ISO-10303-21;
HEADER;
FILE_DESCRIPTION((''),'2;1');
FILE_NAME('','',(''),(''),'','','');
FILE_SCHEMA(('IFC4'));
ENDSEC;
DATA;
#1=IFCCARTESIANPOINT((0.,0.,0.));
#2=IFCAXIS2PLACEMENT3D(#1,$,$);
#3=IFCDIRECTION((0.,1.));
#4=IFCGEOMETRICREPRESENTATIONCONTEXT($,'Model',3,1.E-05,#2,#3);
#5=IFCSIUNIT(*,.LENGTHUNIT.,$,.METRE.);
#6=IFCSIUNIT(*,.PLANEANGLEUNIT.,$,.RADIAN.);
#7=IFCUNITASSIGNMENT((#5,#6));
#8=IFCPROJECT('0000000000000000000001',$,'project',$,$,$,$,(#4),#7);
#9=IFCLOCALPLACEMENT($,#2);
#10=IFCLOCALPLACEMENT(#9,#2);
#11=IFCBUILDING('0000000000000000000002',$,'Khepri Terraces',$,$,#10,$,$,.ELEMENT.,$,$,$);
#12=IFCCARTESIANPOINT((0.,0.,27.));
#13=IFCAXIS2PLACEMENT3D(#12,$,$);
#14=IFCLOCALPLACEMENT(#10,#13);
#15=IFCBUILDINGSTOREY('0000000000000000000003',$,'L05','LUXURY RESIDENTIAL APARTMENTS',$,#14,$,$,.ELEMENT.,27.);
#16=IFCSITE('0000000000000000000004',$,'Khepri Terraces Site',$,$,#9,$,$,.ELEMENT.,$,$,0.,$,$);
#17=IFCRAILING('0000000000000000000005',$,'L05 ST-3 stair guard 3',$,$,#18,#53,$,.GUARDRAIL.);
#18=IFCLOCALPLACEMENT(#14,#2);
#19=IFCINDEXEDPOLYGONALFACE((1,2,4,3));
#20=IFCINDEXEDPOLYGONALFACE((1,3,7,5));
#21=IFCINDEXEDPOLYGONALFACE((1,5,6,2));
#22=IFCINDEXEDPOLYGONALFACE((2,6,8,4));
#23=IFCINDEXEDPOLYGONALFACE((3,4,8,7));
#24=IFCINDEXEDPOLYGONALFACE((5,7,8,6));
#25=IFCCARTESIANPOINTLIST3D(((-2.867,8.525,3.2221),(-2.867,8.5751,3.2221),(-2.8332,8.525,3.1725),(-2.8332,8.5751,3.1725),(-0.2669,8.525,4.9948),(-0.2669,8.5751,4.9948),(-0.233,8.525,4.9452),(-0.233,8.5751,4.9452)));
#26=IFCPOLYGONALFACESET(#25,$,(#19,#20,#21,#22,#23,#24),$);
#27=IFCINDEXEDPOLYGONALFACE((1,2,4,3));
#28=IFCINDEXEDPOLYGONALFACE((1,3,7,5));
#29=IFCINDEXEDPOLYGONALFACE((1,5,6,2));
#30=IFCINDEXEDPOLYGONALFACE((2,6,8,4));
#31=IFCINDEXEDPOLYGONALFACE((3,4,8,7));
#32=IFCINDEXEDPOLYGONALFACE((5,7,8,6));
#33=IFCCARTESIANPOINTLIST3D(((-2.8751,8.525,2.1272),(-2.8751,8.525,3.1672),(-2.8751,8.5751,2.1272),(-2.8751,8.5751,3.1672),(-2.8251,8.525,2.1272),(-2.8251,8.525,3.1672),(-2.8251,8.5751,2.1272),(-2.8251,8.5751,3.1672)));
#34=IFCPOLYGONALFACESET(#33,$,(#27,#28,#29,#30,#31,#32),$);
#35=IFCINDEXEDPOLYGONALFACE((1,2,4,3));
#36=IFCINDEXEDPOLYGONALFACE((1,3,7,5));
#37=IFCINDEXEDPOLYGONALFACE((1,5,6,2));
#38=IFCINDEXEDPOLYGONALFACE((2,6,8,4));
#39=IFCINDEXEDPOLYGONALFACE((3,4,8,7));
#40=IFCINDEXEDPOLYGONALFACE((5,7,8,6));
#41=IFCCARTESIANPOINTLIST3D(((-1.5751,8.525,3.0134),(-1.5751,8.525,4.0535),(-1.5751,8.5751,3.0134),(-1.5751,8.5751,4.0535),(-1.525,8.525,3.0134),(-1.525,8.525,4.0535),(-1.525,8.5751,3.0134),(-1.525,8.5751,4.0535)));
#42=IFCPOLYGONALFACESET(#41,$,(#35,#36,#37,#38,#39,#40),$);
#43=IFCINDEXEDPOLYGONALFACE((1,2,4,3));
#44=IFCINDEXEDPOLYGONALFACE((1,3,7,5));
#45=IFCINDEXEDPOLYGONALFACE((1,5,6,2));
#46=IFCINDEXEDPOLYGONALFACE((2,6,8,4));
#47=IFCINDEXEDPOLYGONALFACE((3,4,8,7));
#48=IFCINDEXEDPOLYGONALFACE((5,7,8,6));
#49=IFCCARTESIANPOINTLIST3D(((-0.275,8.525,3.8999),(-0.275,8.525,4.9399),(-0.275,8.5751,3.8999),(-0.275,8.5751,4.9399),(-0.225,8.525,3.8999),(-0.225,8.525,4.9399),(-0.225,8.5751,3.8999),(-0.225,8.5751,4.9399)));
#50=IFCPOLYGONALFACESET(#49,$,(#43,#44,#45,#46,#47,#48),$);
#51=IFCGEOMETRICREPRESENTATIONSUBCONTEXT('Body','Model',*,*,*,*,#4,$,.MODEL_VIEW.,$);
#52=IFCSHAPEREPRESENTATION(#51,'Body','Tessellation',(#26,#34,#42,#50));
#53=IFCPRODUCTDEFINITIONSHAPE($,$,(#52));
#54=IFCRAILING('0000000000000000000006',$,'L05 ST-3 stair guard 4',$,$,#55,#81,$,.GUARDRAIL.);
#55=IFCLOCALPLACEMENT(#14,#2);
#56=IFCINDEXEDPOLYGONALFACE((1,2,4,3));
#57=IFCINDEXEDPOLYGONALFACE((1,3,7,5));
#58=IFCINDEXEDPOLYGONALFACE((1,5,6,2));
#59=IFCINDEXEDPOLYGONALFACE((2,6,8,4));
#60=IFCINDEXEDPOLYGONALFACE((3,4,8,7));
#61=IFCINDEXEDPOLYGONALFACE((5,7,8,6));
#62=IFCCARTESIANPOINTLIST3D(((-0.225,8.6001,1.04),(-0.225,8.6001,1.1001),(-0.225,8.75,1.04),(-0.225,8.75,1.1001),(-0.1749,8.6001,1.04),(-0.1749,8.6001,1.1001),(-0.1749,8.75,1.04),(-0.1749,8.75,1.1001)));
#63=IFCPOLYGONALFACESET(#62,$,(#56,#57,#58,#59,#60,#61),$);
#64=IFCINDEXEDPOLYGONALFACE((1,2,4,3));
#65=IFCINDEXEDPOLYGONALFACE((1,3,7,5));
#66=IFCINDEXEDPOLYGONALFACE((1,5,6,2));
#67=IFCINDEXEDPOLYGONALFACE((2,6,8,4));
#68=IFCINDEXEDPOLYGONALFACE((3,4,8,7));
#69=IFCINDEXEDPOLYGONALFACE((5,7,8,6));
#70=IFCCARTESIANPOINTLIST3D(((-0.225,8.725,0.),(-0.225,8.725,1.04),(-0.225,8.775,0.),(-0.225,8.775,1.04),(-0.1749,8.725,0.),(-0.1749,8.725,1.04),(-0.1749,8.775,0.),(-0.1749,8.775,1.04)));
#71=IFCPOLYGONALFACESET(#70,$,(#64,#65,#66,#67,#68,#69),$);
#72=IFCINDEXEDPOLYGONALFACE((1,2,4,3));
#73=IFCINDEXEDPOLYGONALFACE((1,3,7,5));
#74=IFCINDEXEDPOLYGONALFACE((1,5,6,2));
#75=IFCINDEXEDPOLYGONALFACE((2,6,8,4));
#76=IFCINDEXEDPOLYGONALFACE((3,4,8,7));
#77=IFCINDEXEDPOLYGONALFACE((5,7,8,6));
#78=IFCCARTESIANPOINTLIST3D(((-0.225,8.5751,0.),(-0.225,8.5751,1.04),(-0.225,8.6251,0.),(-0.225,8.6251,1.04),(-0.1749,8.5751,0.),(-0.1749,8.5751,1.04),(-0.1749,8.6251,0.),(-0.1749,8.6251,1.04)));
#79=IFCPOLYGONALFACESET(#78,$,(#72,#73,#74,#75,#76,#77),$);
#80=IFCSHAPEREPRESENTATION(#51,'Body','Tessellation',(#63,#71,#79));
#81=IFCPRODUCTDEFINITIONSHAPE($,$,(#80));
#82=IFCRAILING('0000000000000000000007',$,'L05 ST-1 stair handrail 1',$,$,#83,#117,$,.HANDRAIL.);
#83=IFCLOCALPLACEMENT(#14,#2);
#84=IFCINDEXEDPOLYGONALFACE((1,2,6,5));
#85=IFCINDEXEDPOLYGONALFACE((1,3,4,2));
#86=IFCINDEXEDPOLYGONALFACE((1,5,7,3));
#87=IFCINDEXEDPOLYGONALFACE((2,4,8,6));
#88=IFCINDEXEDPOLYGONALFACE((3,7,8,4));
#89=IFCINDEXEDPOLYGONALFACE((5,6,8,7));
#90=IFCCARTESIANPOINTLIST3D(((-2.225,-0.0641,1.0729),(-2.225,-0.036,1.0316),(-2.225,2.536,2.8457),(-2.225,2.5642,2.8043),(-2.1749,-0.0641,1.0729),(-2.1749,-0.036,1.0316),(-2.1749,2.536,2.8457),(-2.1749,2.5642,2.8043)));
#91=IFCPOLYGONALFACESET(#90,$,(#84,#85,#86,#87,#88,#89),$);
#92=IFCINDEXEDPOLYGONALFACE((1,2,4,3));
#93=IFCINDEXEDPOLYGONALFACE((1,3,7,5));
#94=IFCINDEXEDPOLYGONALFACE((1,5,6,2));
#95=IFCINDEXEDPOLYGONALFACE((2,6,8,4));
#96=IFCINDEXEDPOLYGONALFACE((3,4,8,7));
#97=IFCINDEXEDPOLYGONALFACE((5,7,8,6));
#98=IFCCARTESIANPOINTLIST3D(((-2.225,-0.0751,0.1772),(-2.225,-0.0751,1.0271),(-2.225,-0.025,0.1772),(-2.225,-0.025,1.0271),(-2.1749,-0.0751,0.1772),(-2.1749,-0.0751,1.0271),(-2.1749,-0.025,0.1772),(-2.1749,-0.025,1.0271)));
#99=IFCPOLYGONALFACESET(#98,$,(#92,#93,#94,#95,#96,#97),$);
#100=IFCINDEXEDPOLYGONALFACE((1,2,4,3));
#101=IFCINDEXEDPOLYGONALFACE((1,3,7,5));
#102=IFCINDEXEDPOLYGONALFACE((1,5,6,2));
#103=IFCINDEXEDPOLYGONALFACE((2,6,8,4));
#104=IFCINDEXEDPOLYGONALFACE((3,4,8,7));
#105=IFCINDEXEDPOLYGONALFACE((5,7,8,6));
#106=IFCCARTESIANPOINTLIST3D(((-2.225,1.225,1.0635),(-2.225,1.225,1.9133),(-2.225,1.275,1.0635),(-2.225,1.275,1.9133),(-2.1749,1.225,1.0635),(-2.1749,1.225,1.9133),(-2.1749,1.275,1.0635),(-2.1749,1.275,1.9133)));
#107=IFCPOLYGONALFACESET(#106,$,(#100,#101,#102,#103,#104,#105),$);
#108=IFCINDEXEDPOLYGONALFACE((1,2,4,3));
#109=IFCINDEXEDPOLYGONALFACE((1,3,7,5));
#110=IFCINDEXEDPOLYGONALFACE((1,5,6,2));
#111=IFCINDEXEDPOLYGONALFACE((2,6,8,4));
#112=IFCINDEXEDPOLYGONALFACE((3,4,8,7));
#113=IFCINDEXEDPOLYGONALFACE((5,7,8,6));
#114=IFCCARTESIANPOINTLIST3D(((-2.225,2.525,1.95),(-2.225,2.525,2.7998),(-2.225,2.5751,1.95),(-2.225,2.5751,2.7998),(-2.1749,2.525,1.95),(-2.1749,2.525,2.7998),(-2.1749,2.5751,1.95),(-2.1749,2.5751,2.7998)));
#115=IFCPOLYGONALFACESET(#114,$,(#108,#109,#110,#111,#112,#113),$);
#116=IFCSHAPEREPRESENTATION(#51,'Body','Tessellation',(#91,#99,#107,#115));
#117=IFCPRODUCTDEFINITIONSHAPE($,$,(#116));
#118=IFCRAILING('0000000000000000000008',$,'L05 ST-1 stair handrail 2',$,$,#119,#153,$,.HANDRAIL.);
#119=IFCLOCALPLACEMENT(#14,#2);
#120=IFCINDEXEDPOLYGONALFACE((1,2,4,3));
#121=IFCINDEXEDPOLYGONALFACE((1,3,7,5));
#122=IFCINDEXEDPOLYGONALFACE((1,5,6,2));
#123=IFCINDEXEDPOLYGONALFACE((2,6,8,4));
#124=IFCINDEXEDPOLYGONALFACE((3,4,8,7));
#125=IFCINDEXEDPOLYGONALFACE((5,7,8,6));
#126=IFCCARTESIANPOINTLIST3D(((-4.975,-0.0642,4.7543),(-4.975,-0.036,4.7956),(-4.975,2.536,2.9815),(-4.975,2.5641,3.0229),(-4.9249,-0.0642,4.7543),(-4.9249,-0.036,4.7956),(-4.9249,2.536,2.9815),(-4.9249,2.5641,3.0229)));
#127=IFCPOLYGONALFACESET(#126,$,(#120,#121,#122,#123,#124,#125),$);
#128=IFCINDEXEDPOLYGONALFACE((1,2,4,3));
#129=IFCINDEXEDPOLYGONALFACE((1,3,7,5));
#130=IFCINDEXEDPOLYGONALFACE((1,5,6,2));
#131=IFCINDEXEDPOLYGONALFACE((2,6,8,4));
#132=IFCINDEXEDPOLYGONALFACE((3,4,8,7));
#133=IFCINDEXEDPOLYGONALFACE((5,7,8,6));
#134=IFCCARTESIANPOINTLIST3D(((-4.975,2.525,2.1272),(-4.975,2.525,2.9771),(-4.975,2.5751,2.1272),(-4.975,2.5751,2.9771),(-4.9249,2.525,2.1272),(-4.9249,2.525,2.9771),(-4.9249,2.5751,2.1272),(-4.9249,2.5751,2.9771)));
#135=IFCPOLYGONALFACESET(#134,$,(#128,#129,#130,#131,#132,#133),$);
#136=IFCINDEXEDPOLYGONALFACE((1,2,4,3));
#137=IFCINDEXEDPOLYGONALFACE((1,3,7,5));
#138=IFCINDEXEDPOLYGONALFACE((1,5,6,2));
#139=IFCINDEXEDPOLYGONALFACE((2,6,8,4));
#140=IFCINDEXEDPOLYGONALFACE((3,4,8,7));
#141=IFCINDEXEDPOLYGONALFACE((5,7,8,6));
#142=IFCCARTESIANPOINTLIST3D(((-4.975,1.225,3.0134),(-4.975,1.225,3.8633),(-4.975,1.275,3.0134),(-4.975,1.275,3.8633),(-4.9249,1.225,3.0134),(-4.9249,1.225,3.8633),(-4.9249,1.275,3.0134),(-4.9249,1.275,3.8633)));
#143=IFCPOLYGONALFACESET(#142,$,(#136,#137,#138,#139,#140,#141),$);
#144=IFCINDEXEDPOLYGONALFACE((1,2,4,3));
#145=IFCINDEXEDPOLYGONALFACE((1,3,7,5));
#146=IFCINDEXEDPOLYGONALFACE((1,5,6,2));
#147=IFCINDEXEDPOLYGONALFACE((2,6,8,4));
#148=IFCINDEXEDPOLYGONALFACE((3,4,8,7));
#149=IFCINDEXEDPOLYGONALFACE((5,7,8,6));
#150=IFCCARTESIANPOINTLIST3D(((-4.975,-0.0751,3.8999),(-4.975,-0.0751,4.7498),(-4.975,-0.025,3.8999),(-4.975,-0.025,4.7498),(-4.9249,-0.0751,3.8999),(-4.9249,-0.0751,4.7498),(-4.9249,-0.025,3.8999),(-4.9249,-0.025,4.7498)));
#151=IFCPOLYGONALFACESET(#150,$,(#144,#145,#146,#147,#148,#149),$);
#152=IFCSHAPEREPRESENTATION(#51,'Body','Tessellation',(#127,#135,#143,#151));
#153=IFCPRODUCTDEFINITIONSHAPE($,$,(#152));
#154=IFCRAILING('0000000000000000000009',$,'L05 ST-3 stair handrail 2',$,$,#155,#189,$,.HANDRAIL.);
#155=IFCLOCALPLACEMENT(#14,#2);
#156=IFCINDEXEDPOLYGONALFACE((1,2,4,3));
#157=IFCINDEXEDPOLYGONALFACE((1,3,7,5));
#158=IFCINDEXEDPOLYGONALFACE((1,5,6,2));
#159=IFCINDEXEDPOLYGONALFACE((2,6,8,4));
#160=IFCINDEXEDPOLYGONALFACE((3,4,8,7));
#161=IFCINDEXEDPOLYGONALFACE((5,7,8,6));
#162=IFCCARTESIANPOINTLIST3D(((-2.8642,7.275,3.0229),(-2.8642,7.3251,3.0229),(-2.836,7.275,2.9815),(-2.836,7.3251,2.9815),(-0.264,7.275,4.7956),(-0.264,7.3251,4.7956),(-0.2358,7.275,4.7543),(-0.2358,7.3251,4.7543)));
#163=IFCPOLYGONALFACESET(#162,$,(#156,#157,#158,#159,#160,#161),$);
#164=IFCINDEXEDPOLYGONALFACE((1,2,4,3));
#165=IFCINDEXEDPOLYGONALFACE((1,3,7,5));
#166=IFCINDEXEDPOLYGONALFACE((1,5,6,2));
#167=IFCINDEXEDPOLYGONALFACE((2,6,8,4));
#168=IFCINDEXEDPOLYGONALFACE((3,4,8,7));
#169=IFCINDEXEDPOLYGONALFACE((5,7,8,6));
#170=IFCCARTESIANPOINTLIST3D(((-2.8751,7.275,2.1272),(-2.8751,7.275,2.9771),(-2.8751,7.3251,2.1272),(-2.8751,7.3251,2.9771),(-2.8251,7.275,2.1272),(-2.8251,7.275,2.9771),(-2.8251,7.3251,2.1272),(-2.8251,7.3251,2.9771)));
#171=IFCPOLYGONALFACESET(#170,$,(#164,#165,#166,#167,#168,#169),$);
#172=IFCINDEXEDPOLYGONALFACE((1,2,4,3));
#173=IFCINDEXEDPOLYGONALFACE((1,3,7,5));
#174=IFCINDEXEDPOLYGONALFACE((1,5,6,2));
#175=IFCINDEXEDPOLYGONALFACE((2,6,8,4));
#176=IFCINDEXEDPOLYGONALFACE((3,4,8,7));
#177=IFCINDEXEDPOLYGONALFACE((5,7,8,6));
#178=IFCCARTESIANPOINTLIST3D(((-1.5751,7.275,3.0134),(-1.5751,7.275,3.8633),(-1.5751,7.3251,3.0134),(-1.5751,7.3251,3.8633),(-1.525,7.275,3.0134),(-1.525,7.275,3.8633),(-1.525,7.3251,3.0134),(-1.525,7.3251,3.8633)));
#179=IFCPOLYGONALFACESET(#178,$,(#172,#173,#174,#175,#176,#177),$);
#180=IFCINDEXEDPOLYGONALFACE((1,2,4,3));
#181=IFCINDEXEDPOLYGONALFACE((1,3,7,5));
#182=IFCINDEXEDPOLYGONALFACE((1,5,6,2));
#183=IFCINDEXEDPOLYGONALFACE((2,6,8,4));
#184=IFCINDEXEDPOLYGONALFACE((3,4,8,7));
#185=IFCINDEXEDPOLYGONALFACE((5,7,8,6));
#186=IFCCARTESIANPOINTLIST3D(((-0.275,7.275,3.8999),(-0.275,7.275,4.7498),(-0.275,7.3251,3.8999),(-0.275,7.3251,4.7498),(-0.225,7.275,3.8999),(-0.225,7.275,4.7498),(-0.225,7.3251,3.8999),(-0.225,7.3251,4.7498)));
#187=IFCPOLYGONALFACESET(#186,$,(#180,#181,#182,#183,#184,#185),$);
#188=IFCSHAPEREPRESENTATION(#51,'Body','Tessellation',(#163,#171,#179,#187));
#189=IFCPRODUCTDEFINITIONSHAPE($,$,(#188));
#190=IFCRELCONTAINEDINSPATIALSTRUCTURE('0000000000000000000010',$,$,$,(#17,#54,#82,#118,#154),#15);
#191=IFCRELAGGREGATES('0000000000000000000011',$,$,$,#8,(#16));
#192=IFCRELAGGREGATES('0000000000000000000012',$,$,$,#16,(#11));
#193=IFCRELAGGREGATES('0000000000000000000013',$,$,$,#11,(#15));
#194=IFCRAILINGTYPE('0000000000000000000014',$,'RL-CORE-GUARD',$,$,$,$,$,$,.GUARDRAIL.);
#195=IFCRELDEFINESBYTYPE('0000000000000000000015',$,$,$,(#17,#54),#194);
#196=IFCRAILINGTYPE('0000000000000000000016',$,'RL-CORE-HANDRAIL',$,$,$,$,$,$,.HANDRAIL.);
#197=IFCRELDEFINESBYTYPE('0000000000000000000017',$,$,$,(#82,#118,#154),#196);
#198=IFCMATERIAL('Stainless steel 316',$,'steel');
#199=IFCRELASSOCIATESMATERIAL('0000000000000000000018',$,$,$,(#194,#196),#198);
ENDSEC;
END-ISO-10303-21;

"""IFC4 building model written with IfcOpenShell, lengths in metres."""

from ifc_helpers import new_model, si_unit, direction, frame, origin, origin_2d, place, context, subcontext, project, spatial, rectangle, extrude, material, type_object, element, save


model = new_model("IFC4")

# Units and contexts
model_context = context("Model", 3, precision=1e-05, world=origin(), true_north=direction((0.0, 1.0)))
body_context = subcontext(model_context, "Body", "Model", "MODEL_VIEW")
ifc_project = project(units=[si_unit("LENGTHUNIT", "METRE"), si_unit("PLANEANGLEUNIT", "RADIAN")], contexts=[model_context])

# Site, building, storey
site_placement = place(None, origin())
site = spatial("IfcSite", under=ifc_project, at=site_placement, Name="Khepri Terraces Site", CompositionType="ELEMENT", RefElevation=0.0)
building_placement = place(site_placement, origin())
building = spatial("IfcBuilding", under=site, at=building_placement, Name="Khepri Terraces", CompositionType="ELEMENT")
storey_placement = place(building_placement, frame((0.0, 0.0, 27.0)))
storey = spatial("IfcBuildingStorey", under=building, at=storey_placement, Name="L05", Description="LUXURY RESIDENTIAL APARTMENTS", CompositionType="ELEMENT", Elevation=27.0)

# Railings
ifc_material_1 = material(Name="Stainless steel 316", Category="steel")
railing_type_1 = type_object("IfcRailingType", Name="RL-CORE-GUARD", PredefinedType="GUARDRAIL", material=ifc_material_1)
railing_1_placement = place(storey_placement, frame((-2.8501, 8.55, 2.1272)))
element("IfcRailing", 1, at=railing_1_placement, inside=storey, type_object=railing_type_1, Name="L05 ST-3 stair guard 3", PredefinedType="GUARDRAIL", context=body_context, shape_type="SweptSolid", body=[
    extrude(rectangle(XDim=0.05, YDim=0.0601, at=origin_2d()), frame((0.0, 0.0, 1.0701), z_axis=(0.82624, 0.0, 0.563318), x_axis=(0.0, 1.0, 0.0)), (0.0, 0.0, 1.0), 3.147),
    extrude(rectangle(XDim=0.05, YDim=0.05, at=origin_2d()), origin(), (0.0, 0.0, 1.0), 1.04),
    extrude(rectangle(XDim=0.05, YDim=0.05, at=origin_2d()), frame((1.3, 0.0, 0.8862)), (0.0, 0.0, 1.0), 1.04),
    extrude(rectangle(XDim=0.05, YDim=0.05, at=origin_2d()), frame((2.6001, 0.0, 1.7727)), (0.0, 0.0, 1.0), 1.04),
])
railing_2_placement = place(storey_placement, frame((-0.2, 8.75, 0.0)))
element("IfcRailing", 2, at=railing_2_placement, inside=storey, type_object=railing_type_1, Name="L05 ST-3 stair guard 4", PredefinedType="GUARDRAIL", context=body_context, shape_type="SweptSolid", body=[
    extrude(rectangle(XDim=0.05, YDim=0.0601, at=origin_2d()), frame((0.0, 0.0, 1.0701), z_axis=(0.0, -1.0, 0.0), x_axis=(1.0, 0.0, 0.0)), (0.0, 0.0, 1.0), 0.1499),
    extrude(rectangle(XDim=0.05, YDim=0.05, at=origin_2d()), origin(), (0.0, 0.0, 1.0), 1.04),
    extrude(rectangle(XDim=0.05, YDim=0.05, at=origin_2d()), frame((0.0, -0.1499, 0.0)), (0.0, 0.0, 1.0), 1.04),
])
railing_type_2 = type_object("IfcRailingType", Name="RL-CORE-HANDRAIL", PredefinedType="HANDRAIL", material=ifc_material_1)
railing_3_placement = place(storey_placement, frame((-2.2, -0.05, 0.1772)))
element("IfcRailing", 3, at=railing_3_placement, inside=storey, type_object=railing_type_2, Name="L05 ST-1 stair handrail 1", PredefinedType="HANDRAIL", context=body_context, shape_type="SweptSolid", body=[
    extrude(rectangle(XDim=0.05, YDim=0.05, at=origin_2d()), frame((0.0, 0.0, 0.875), z_axis=(0.0, 0.82624, 0.563318), x_axis=(-1.0, 0.0, 0.0)), (0.0, 0.0, 1.0), 3.147),
    extrude(rectangle(XDim=0.05, YDim=0.05, at=origin_2d()), origin(), (0.0, 0.0, 1.0), 0.8499),
    extrude(rectangle(XDim=0.05, YDim=0.05, at=origin_2d()), frame((0.0, 1.3, 0.8862)), (0.0, 0.0, 1.0), 0.8499),
    extrude(rectangle(XDim=0.05, YDim=0.05, at=origin_2d()), frame((0.0, 2.6001, 1.7727)), (0.0, 0.0, 1.0), 0.8499),
])
railing_4_placement = place(storey_placement, frame((-4.95, 2.55, 2.1272)))
element("IfcRailing", 4, at=railing_4_placement, inside=storey, type_object=railing_type_2, Name="L05 ST-1 stair handrail 2", PredefinedType="HANDRAIL", context=body_context, shape_type="SweptSolid", body=[
    extrude(rectangle(XDim=0.05, YDim=0.05, at=origin_2d()), frame((0.0, 0.0, 0.875), z_axis=(0.0, -0.82624, 0.563318), x_axis=(1.0, 0.0, 0.0)), (0.0, 0.0, 1.0), 3.147),
    extrude(rectangle(XDim=0.05, YDim=0.05, at=origin_2d()), origin(), (0.0, 0.0, 1.0), 0.8499),
    extrude(rectangle(XDim=0.05, YDim=0.05, at=origin_2d()), frame((0.0, -1.3, 0.8862)), (0.0, 0.0, 1.0), 0.8499),
    extrude(rectangle(XDim=0.05, YDim=0.05, at=origin_2d()), frame((0.0, -2.6001, 1.7727)), (0.0, 0.0, 1.0), 0.8499),
])
railing_5_placement = place(storey_placement, frame((-2.8501, 7.3, 2.1272)))
element("IfcRailing", 5, at=railing_5_placement, inside=storey, type_object=railing_type_2, Name="L05 ST-3 stair handrail 2", PredefinedType="HANDRAIL", context=body_context, shape_type="SweptSolid", body=[
    extrude(rectangle(XDim=0.05, YDim=0.05, at=origin_2d()), frame((0.0, 0.0, 0.875), z_axis=(0.82624, 0.0, 0.563318), x_axis=(0.0, 1.0, 0.0)), (0.0, 0.0, 1.0), 3.147),
    extrude(rectangle(XDim=0.05, YDim=0.05, at=origin_2d()), origin(), (0.0, 0.0, 1.0), 0.8499),
    extrude(rectangle(XDim=0.05, YDim=0.05, at=origin_2d()), frame((1.3, 0.0, 0.8862)), (0.0, 0.0, 1.0), 0.8499),
    extrude(rectangle(XDim=0.05, YDim=0.05, at=origin_2d()), frame((2.6001, 0.0, 1.7727)), (0.0, 0.0, 1.0), 0.8499),
])

save(model, "model.ifc")
